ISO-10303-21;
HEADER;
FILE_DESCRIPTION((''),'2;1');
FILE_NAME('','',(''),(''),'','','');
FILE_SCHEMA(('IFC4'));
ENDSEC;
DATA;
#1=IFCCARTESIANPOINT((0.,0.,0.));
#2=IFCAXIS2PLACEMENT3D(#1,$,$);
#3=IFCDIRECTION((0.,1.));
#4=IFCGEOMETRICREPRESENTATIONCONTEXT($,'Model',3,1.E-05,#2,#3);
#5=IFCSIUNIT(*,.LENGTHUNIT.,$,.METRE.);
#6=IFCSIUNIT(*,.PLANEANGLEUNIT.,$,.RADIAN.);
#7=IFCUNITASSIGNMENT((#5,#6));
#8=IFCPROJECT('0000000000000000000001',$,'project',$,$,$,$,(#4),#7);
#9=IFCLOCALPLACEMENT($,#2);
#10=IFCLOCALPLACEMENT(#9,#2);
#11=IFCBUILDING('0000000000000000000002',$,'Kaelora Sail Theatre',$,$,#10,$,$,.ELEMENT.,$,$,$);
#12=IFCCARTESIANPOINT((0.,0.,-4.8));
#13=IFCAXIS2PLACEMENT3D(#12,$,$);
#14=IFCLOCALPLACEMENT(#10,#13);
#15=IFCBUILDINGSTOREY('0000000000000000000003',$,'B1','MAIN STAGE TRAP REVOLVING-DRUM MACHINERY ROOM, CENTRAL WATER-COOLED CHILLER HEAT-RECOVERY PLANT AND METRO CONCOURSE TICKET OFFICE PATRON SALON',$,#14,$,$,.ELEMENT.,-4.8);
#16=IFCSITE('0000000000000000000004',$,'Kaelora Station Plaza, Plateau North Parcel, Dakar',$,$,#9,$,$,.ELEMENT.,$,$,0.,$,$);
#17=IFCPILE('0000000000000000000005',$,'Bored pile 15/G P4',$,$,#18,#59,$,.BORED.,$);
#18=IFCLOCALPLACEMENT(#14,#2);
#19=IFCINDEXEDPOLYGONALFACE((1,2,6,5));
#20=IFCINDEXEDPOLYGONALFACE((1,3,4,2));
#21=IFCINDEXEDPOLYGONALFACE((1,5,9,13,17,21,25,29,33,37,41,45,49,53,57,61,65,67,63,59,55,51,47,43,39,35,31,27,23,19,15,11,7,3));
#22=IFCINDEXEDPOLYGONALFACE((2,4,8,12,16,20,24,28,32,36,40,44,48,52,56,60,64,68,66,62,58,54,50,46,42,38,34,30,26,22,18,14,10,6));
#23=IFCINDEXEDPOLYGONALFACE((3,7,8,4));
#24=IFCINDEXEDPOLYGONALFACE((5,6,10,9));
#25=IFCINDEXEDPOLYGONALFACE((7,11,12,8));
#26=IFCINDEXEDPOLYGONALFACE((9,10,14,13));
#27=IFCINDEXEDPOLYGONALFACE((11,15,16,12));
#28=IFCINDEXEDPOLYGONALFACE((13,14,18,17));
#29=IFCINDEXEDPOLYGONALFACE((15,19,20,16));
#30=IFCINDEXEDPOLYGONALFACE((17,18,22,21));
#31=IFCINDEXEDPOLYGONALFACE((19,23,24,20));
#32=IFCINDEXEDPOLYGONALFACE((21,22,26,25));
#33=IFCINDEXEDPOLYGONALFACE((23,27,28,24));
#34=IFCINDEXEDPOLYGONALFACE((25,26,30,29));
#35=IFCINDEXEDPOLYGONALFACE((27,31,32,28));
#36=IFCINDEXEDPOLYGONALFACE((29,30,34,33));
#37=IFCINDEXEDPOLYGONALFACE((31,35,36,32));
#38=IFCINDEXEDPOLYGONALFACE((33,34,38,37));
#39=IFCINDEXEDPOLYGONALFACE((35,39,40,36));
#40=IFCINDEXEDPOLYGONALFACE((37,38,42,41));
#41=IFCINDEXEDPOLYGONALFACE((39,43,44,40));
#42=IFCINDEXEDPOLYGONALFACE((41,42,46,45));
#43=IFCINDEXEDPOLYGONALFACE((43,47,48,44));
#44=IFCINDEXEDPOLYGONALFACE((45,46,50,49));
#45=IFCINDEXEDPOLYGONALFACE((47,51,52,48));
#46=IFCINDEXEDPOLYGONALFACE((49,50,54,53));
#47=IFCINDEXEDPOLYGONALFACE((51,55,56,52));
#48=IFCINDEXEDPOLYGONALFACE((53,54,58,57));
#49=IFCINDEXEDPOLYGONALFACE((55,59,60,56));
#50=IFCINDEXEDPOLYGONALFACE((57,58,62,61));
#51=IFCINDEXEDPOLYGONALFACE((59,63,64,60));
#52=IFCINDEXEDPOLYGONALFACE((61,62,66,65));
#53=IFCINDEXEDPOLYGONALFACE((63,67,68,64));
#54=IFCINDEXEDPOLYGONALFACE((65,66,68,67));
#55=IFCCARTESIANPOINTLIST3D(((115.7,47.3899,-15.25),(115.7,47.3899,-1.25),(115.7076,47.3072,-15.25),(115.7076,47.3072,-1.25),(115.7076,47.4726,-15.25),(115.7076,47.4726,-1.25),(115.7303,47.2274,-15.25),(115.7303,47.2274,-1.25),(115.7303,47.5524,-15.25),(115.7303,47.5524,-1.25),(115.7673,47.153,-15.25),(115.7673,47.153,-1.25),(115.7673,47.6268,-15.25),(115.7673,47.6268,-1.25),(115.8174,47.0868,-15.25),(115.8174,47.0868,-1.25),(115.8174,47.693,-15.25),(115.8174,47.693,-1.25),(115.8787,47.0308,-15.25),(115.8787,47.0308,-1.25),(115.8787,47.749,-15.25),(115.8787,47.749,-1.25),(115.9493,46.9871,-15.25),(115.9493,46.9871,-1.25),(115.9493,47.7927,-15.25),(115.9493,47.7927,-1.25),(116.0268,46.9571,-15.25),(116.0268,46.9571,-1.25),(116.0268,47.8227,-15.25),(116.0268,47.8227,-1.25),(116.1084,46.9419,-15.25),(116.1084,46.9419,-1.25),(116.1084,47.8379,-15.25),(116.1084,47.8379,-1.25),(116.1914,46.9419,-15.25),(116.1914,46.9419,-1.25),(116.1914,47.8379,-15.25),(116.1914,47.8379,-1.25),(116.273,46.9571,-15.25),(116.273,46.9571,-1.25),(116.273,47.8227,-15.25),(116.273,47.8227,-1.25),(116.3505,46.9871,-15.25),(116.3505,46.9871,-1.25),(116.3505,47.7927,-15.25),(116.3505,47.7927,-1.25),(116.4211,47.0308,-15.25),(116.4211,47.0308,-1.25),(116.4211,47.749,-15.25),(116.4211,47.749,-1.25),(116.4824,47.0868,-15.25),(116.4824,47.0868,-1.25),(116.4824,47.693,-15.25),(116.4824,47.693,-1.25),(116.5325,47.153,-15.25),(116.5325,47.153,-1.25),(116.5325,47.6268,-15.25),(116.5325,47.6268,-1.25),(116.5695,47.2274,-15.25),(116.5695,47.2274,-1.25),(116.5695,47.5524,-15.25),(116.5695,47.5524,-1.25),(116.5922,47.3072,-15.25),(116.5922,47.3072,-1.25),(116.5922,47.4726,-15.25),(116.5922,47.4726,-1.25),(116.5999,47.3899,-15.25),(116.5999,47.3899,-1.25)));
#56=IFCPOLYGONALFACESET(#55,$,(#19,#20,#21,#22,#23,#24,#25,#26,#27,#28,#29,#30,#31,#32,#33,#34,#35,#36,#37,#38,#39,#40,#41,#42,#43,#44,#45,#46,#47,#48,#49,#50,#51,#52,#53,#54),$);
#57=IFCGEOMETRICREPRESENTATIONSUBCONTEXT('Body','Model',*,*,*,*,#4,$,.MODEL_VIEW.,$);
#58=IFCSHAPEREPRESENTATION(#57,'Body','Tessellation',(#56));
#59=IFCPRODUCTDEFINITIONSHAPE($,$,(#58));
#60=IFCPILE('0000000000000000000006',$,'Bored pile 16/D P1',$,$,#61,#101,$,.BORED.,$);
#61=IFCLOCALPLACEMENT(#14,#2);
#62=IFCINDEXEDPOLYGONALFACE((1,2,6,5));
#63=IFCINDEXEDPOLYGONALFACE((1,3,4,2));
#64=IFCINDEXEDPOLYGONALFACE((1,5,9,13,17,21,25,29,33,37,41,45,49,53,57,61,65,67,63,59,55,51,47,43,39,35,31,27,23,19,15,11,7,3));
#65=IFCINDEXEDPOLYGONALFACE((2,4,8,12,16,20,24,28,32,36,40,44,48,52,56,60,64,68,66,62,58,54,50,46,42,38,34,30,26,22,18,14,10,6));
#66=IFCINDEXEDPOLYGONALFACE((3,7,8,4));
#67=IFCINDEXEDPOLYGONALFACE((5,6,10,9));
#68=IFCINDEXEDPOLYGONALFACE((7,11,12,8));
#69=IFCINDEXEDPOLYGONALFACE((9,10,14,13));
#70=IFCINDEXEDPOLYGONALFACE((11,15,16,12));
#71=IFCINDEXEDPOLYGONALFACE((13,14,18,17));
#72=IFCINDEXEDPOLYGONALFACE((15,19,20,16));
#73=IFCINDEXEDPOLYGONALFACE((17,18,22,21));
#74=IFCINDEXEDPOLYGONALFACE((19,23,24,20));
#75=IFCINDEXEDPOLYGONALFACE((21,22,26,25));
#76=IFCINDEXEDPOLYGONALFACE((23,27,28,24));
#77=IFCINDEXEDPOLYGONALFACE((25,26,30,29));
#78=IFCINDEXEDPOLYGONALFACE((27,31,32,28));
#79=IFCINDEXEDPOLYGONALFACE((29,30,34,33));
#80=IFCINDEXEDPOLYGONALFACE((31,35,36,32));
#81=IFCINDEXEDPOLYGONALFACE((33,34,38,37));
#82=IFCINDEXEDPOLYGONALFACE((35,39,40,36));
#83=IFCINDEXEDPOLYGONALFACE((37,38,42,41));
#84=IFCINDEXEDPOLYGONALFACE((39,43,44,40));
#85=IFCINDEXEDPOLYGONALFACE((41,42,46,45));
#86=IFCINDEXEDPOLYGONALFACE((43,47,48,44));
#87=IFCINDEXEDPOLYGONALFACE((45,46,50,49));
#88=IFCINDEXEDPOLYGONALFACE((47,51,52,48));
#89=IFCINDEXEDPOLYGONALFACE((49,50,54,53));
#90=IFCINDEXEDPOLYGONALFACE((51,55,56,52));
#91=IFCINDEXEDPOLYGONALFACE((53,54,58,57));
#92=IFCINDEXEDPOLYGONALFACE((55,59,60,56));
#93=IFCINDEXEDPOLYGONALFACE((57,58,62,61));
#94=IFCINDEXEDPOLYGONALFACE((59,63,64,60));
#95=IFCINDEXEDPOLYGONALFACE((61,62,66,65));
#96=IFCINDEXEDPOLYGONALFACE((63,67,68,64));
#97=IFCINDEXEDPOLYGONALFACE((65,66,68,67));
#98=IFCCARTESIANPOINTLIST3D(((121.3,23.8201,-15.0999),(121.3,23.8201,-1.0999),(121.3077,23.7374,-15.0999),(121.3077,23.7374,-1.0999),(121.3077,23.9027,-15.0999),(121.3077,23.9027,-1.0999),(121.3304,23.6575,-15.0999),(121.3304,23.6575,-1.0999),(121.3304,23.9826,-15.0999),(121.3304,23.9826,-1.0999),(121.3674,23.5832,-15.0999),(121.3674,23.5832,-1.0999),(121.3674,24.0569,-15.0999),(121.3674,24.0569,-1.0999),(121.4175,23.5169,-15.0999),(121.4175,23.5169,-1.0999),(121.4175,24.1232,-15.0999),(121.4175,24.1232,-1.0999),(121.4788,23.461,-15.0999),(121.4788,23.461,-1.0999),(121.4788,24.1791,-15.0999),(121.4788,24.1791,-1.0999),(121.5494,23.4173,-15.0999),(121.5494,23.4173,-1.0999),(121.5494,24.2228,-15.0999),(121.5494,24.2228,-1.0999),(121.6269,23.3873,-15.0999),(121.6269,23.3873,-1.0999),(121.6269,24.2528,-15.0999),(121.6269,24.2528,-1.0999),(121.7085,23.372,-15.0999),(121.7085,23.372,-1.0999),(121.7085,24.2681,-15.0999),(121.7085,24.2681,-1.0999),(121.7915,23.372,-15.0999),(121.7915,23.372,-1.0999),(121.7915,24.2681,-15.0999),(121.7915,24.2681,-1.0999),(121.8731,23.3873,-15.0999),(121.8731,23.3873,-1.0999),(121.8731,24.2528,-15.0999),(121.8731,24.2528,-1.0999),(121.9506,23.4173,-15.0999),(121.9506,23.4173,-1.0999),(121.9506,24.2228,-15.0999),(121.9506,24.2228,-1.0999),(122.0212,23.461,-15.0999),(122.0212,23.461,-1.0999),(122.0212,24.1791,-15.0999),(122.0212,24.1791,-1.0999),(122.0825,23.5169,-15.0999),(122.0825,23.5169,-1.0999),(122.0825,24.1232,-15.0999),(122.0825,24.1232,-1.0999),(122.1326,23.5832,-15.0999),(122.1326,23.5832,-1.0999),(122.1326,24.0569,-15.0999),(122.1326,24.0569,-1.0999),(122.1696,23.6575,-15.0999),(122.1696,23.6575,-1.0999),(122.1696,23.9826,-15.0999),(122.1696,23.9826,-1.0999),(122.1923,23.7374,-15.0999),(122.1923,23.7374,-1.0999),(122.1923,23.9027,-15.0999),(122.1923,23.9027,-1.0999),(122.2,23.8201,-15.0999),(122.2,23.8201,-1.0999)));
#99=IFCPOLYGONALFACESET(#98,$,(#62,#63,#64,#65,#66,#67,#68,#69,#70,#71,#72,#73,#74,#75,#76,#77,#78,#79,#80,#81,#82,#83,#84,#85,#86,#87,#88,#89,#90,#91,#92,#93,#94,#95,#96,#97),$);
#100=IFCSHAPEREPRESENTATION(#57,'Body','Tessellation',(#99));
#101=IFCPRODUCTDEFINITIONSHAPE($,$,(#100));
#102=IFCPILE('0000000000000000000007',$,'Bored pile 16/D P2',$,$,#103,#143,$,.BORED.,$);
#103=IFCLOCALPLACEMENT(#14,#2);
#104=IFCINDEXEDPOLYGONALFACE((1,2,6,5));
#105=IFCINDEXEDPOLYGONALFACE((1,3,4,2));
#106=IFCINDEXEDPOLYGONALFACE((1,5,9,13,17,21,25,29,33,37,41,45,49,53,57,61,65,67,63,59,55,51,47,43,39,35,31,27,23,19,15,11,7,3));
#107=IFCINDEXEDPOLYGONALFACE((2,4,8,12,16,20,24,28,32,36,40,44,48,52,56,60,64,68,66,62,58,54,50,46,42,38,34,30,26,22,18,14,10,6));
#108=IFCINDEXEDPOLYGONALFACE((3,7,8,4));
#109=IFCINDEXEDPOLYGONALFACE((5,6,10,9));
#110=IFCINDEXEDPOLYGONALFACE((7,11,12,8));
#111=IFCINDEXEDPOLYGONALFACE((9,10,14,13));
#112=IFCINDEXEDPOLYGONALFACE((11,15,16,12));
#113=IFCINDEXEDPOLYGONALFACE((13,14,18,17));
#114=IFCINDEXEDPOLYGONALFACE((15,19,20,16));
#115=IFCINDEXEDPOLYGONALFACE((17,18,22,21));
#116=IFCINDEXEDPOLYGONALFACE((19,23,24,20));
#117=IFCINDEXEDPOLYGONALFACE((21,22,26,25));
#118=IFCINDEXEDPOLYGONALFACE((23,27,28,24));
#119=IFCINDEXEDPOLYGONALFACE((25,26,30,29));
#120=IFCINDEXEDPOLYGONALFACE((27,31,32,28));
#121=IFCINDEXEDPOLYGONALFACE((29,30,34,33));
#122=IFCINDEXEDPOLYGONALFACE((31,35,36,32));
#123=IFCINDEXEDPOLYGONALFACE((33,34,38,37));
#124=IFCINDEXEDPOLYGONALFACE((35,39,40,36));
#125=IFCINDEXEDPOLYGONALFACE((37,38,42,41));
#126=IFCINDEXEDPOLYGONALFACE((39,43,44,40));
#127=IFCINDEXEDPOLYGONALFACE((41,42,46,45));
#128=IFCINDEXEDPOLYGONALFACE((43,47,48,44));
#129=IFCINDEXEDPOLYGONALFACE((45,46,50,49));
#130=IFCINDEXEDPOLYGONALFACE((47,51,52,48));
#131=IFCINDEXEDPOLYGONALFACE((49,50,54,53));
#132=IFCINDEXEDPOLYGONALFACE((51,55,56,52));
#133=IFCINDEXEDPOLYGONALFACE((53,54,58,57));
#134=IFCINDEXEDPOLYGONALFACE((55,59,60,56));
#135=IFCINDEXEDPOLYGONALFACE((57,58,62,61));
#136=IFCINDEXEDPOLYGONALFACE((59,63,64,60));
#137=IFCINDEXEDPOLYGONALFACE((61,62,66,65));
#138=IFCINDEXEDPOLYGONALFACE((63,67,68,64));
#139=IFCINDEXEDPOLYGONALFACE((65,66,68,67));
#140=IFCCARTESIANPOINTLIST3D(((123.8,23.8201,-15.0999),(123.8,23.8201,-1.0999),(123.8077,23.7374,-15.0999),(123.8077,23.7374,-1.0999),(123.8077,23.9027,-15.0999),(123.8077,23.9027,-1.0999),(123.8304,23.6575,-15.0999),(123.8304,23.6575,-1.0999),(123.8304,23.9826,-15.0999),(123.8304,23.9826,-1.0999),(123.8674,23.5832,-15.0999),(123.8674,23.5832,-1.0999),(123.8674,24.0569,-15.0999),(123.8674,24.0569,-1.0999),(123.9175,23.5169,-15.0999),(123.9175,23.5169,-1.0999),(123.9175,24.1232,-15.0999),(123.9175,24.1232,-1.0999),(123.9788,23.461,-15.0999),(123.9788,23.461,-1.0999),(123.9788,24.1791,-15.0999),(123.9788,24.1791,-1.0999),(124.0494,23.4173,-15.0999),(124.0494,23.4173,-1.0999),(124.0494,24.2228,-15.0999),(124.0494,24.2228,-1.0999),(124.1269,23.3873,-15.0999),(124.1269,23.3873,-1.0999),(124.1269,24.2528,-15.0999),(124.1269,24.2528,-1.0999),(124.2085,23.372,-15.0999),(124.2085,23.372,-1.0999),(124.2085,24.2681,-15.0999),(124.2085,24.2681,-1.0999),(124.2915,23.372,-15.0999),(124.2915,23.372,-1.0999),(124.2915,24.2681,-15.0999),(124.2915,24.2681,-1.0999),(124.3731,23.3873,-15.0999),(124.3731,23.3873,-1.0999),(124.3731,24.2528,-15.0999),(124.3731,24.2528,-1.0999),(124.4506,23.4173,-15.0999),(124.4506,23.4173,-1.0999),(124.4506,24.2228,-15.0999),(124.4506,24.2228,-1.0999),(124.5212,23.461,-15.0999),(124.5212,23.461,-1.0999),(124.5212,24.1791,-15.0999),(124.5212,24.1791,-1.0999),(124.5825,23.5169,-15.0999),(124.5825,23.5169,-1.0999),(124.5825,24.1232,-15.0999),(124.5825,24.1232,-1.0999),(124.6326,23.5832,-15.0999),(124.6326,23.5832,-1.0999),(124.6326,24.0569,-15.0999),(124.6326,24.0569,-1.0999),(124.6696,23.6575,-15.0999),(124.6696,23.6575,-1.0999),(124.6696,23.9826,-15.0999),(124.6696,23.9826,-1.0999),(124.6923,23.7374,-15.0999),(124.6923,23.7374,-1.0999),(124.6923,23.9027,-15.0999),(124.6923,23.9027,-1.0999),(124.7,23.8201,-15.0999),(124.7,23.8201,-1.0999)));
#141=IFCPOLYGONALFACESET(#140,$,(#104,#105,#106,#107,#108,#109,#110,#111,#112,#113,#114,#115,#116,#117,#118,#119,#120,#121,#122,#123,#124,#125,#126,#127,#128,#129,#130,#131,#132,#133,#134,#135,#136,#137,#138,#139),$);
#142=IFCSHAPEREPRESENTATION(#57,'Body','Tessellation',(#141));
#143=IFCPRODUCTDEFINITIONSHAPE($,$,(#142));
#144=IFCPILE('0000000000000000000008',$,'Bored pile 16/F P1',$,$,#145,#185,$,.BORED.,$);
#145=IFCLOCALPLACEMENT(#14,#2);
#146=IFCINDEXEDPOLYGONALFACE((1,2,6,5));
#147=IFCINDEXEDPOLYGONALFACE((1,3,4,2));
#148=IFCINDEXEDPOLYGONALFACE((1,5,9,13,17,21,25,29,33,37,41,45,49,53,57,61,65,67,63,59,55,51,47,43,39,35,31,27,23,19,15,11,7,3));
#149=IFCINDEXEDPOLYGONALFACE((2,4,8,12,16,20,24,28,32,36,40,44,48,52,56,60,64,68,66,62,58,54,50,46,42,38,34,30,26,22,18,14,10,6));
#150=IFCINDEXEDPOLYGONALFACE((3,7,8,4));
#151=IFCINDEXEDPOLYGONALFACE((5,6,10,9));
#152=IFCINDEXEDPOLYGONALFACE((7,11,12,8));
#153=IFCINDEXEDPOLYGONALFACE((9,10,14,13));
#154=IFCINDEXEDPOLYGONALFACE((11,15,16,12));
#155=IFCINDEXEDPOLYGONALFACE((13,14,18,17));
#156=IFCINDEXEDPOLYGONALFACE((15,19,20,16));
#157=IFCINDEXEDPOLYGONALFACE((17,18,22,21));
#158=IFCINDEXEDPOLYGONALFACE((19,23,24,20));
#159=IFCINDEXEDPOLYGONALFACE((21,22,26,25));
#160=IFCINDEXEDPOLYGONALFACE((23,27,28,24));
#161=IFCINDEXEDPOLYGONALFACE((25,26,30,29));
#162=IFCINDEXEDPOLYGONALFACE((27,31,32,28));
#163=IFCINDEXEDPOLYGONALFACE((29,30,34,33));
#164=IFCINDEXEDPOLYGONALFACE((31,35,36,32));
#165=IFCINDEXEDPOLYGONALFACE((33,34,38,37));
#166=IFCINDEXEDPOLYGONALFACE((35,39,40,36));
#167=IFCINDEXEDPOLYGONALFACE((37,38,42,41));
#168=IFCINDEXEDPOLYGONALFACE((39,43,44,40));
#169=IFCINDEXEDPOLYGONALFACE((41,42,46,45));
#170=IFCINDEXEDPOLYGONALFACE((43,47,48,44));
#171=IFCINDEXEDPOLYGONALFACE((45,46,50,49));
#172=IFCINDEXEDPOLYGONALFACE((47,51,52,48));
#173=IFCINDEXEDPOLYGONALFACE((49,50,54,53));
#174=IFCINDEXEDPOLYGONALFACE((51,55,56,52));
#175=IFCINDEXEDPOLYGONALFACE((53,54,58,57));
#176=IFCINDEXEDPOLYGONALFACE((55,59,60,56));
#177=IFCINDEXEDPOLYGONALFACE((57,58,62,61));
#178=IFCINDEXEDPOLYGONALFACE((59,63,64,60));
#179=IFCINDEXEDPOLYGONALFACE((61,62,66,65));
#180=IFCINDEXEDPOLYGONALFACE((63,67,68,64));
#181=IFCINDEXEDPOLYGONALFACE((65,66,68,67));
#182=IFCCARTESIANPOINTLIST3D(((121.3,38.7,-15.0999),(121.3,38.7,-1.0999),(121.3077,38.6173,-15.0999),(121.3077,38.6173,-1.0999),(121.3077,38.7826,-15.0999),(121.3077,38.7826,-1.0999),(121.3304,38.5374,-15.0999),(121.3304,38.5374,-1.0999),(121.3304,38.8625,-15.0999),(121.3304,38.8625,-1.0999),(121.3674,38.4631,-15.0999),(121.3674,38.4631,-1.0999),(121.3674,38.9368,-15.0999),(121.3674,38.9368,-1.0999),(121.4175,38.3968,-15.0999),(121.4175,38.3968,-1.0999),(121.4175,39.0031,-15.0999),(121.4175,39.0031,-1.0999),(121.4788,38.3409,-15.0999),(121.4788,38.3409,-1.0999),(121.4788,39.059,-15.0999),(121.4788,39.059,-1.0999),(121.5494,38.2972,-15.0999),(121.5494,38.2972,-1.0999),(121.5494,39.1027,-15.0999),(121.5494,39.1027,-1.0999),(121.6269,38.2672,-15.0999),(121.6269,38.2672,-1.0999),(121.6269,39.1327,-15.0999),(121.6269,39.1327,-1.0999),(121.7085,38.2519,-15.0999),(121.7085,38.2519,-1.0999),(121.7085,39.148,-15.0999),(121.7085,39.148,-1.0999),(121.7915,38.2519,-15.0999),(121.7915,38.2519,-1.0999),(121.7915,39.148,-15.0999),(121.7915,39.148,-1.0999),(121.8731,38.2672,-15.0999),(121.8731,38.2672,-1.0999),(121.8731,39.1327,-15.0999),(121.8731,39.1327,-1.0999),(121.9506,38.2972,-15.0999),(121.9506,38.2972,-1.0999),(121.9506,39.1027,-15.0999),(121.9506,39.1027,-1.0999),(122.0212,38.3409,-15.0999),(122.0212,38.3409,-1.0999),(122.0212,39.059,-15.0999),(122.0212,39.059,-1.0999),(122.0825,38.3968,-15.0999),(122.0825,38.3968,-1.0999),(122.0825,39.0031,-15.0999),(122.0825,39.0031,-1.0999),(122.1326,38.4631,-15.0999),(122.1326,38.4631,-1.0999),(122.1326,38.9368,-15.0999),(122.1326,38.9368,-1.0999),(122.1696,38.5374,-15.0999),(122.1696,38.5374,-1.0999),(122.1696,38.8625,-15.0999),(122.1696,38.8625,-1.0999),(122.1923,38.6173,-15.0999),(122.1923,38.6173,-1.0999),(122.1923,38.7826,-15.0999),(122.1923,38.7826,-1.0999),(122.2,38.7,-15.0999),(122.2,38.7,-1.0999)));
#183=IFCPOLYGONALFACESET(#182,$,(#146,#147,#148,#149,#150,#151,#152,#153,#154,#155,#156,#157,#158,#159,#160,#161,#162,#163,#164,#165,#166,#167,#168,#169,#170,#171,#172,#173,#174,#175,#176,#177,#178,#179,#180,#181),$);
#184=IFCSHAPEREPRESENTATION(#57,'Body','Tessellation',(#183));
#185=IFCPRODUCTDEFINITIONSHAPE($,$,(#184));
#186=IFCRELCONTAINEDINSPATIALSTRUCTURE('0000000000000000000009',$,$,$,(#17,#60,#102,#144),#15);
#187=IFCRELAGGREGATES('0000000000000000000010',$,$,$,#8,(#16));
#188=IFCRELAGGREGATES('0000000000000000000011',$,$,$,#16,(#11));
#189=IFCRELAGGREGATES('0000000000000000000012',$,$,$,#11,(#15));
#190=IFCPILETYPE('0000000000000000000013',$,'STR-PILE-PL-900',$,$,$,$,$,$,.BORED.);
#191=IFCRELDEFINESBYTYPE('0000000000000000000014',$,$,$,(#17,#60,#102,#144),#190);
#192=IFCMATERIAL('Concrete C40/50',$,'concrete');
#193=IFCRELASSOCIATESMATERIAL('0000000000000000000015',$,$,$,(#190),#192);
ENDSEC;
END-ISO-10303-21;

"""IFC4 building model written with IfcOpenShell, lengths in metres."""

from ifc_helpers import new_model, si_unit, direction, frame, origin, origin_2d, place, context, subcontext, project, spatial, circle, extrude, material, material_profile, profile_set, type_object, element, save


model = new_model("IFC4")

# Units and contexts
model_context = context("Model", 3, precision=1e-05, world=origin(), true_north=direction((0.0, 1.0)))
body_context = subcontext(model_context, "Body", "Model", "MODEL_VIEW")
ifc_project = project(units=[si_unit("LENGTHUNIT", "METRE"), si_unit("PLANEANGLEUNIT", "RADIAN")], contexts=[model_context])

# Site, building, storey
site_placement = place(None, origin())
site = spatial("IfcSite", under=ifc_project, at=site_placement, Name="Kaelora Station Plaza, Plateau North Parcel, Dakar", CompositionType="ELEMENT", RefElevation=0.0)
building_placement = place(site_placement, origin())
building = spatial("IfcBuilding", under=site, at=building_placement, Name="Kaelora Sail Theatre", CompositionType="ELEMENT")
storey_placement = place(building_placement, frame((0.0, 0.0, -4.8)))
storey = spatial("IfcBuildingStorey", under=building, at=storey_placement, Name="B1", Description="MAIN STAGE TRAP REVOLVING-DRUM MACHINERY ROOM, CENTRAL WATER-COOLED CHILLER HEAT-RECOVERY PLANT AND METRO CONCOURSE TICKET OFFICE PATRON SALON", CompositionType="ELEMENT", Elevation=-4.8)

# Piles
ifc_material_1 = material(Name="Concrete C40/50", Category="concrete")
ifc_material_profile_1 = material_profile(ifc_material_1, circle(Radius=0.45, at=origin_2d()), Name="PILE D900")
ifc_profile_set_1 = profile_set([ifc_material_profile_1], Name="Concrete C40/50")
pile_type = type_object("IfcPileType", Name="STR-PILE-PL-900", PredefinedType="BORED", material=ifc_profile_set_1)
for number, where, z_axis, x_axis, name in (
    (1, (116.1499, 47.3899, -1.25), (0.0, 0.0, -1.0), (1.0, 0.0, 0.0), "Bored pile 15/G P4"),
    (2, (121.75, 23.8201, -1.0999), (0.0, 0.0, -1.0), (1.0, 0.0, 0.0), "Bored pile 16/D P1"),
    (3, (124.25, 23.8201, -1.0999), (0.0, 0.0, -1.0), (1.0, 0.0, 0.0), "Bored pile 16/D P2"),
    (4, (121.75, 38.7, -1.0999), (0.0, 0.0, -1.0), (1.0, 0.0, 0.0), "Bored pile 16/F P1"),
):
    element("IfcPile", number, at=place(storey_placement, frame(where, z_axis=z_axis, x_axis=x_axis)), inside=storey, type_object=pile_type, Name=name, PredefinedType="BORED", context=body_context, shape_type="SweptSolid", body=[
        extrude(circle(Radius=0.45, at=origin_2d()), origin(), (0.0, 0.0, 1.0), 14.0),
    ])

save(model, "model.ifc")
